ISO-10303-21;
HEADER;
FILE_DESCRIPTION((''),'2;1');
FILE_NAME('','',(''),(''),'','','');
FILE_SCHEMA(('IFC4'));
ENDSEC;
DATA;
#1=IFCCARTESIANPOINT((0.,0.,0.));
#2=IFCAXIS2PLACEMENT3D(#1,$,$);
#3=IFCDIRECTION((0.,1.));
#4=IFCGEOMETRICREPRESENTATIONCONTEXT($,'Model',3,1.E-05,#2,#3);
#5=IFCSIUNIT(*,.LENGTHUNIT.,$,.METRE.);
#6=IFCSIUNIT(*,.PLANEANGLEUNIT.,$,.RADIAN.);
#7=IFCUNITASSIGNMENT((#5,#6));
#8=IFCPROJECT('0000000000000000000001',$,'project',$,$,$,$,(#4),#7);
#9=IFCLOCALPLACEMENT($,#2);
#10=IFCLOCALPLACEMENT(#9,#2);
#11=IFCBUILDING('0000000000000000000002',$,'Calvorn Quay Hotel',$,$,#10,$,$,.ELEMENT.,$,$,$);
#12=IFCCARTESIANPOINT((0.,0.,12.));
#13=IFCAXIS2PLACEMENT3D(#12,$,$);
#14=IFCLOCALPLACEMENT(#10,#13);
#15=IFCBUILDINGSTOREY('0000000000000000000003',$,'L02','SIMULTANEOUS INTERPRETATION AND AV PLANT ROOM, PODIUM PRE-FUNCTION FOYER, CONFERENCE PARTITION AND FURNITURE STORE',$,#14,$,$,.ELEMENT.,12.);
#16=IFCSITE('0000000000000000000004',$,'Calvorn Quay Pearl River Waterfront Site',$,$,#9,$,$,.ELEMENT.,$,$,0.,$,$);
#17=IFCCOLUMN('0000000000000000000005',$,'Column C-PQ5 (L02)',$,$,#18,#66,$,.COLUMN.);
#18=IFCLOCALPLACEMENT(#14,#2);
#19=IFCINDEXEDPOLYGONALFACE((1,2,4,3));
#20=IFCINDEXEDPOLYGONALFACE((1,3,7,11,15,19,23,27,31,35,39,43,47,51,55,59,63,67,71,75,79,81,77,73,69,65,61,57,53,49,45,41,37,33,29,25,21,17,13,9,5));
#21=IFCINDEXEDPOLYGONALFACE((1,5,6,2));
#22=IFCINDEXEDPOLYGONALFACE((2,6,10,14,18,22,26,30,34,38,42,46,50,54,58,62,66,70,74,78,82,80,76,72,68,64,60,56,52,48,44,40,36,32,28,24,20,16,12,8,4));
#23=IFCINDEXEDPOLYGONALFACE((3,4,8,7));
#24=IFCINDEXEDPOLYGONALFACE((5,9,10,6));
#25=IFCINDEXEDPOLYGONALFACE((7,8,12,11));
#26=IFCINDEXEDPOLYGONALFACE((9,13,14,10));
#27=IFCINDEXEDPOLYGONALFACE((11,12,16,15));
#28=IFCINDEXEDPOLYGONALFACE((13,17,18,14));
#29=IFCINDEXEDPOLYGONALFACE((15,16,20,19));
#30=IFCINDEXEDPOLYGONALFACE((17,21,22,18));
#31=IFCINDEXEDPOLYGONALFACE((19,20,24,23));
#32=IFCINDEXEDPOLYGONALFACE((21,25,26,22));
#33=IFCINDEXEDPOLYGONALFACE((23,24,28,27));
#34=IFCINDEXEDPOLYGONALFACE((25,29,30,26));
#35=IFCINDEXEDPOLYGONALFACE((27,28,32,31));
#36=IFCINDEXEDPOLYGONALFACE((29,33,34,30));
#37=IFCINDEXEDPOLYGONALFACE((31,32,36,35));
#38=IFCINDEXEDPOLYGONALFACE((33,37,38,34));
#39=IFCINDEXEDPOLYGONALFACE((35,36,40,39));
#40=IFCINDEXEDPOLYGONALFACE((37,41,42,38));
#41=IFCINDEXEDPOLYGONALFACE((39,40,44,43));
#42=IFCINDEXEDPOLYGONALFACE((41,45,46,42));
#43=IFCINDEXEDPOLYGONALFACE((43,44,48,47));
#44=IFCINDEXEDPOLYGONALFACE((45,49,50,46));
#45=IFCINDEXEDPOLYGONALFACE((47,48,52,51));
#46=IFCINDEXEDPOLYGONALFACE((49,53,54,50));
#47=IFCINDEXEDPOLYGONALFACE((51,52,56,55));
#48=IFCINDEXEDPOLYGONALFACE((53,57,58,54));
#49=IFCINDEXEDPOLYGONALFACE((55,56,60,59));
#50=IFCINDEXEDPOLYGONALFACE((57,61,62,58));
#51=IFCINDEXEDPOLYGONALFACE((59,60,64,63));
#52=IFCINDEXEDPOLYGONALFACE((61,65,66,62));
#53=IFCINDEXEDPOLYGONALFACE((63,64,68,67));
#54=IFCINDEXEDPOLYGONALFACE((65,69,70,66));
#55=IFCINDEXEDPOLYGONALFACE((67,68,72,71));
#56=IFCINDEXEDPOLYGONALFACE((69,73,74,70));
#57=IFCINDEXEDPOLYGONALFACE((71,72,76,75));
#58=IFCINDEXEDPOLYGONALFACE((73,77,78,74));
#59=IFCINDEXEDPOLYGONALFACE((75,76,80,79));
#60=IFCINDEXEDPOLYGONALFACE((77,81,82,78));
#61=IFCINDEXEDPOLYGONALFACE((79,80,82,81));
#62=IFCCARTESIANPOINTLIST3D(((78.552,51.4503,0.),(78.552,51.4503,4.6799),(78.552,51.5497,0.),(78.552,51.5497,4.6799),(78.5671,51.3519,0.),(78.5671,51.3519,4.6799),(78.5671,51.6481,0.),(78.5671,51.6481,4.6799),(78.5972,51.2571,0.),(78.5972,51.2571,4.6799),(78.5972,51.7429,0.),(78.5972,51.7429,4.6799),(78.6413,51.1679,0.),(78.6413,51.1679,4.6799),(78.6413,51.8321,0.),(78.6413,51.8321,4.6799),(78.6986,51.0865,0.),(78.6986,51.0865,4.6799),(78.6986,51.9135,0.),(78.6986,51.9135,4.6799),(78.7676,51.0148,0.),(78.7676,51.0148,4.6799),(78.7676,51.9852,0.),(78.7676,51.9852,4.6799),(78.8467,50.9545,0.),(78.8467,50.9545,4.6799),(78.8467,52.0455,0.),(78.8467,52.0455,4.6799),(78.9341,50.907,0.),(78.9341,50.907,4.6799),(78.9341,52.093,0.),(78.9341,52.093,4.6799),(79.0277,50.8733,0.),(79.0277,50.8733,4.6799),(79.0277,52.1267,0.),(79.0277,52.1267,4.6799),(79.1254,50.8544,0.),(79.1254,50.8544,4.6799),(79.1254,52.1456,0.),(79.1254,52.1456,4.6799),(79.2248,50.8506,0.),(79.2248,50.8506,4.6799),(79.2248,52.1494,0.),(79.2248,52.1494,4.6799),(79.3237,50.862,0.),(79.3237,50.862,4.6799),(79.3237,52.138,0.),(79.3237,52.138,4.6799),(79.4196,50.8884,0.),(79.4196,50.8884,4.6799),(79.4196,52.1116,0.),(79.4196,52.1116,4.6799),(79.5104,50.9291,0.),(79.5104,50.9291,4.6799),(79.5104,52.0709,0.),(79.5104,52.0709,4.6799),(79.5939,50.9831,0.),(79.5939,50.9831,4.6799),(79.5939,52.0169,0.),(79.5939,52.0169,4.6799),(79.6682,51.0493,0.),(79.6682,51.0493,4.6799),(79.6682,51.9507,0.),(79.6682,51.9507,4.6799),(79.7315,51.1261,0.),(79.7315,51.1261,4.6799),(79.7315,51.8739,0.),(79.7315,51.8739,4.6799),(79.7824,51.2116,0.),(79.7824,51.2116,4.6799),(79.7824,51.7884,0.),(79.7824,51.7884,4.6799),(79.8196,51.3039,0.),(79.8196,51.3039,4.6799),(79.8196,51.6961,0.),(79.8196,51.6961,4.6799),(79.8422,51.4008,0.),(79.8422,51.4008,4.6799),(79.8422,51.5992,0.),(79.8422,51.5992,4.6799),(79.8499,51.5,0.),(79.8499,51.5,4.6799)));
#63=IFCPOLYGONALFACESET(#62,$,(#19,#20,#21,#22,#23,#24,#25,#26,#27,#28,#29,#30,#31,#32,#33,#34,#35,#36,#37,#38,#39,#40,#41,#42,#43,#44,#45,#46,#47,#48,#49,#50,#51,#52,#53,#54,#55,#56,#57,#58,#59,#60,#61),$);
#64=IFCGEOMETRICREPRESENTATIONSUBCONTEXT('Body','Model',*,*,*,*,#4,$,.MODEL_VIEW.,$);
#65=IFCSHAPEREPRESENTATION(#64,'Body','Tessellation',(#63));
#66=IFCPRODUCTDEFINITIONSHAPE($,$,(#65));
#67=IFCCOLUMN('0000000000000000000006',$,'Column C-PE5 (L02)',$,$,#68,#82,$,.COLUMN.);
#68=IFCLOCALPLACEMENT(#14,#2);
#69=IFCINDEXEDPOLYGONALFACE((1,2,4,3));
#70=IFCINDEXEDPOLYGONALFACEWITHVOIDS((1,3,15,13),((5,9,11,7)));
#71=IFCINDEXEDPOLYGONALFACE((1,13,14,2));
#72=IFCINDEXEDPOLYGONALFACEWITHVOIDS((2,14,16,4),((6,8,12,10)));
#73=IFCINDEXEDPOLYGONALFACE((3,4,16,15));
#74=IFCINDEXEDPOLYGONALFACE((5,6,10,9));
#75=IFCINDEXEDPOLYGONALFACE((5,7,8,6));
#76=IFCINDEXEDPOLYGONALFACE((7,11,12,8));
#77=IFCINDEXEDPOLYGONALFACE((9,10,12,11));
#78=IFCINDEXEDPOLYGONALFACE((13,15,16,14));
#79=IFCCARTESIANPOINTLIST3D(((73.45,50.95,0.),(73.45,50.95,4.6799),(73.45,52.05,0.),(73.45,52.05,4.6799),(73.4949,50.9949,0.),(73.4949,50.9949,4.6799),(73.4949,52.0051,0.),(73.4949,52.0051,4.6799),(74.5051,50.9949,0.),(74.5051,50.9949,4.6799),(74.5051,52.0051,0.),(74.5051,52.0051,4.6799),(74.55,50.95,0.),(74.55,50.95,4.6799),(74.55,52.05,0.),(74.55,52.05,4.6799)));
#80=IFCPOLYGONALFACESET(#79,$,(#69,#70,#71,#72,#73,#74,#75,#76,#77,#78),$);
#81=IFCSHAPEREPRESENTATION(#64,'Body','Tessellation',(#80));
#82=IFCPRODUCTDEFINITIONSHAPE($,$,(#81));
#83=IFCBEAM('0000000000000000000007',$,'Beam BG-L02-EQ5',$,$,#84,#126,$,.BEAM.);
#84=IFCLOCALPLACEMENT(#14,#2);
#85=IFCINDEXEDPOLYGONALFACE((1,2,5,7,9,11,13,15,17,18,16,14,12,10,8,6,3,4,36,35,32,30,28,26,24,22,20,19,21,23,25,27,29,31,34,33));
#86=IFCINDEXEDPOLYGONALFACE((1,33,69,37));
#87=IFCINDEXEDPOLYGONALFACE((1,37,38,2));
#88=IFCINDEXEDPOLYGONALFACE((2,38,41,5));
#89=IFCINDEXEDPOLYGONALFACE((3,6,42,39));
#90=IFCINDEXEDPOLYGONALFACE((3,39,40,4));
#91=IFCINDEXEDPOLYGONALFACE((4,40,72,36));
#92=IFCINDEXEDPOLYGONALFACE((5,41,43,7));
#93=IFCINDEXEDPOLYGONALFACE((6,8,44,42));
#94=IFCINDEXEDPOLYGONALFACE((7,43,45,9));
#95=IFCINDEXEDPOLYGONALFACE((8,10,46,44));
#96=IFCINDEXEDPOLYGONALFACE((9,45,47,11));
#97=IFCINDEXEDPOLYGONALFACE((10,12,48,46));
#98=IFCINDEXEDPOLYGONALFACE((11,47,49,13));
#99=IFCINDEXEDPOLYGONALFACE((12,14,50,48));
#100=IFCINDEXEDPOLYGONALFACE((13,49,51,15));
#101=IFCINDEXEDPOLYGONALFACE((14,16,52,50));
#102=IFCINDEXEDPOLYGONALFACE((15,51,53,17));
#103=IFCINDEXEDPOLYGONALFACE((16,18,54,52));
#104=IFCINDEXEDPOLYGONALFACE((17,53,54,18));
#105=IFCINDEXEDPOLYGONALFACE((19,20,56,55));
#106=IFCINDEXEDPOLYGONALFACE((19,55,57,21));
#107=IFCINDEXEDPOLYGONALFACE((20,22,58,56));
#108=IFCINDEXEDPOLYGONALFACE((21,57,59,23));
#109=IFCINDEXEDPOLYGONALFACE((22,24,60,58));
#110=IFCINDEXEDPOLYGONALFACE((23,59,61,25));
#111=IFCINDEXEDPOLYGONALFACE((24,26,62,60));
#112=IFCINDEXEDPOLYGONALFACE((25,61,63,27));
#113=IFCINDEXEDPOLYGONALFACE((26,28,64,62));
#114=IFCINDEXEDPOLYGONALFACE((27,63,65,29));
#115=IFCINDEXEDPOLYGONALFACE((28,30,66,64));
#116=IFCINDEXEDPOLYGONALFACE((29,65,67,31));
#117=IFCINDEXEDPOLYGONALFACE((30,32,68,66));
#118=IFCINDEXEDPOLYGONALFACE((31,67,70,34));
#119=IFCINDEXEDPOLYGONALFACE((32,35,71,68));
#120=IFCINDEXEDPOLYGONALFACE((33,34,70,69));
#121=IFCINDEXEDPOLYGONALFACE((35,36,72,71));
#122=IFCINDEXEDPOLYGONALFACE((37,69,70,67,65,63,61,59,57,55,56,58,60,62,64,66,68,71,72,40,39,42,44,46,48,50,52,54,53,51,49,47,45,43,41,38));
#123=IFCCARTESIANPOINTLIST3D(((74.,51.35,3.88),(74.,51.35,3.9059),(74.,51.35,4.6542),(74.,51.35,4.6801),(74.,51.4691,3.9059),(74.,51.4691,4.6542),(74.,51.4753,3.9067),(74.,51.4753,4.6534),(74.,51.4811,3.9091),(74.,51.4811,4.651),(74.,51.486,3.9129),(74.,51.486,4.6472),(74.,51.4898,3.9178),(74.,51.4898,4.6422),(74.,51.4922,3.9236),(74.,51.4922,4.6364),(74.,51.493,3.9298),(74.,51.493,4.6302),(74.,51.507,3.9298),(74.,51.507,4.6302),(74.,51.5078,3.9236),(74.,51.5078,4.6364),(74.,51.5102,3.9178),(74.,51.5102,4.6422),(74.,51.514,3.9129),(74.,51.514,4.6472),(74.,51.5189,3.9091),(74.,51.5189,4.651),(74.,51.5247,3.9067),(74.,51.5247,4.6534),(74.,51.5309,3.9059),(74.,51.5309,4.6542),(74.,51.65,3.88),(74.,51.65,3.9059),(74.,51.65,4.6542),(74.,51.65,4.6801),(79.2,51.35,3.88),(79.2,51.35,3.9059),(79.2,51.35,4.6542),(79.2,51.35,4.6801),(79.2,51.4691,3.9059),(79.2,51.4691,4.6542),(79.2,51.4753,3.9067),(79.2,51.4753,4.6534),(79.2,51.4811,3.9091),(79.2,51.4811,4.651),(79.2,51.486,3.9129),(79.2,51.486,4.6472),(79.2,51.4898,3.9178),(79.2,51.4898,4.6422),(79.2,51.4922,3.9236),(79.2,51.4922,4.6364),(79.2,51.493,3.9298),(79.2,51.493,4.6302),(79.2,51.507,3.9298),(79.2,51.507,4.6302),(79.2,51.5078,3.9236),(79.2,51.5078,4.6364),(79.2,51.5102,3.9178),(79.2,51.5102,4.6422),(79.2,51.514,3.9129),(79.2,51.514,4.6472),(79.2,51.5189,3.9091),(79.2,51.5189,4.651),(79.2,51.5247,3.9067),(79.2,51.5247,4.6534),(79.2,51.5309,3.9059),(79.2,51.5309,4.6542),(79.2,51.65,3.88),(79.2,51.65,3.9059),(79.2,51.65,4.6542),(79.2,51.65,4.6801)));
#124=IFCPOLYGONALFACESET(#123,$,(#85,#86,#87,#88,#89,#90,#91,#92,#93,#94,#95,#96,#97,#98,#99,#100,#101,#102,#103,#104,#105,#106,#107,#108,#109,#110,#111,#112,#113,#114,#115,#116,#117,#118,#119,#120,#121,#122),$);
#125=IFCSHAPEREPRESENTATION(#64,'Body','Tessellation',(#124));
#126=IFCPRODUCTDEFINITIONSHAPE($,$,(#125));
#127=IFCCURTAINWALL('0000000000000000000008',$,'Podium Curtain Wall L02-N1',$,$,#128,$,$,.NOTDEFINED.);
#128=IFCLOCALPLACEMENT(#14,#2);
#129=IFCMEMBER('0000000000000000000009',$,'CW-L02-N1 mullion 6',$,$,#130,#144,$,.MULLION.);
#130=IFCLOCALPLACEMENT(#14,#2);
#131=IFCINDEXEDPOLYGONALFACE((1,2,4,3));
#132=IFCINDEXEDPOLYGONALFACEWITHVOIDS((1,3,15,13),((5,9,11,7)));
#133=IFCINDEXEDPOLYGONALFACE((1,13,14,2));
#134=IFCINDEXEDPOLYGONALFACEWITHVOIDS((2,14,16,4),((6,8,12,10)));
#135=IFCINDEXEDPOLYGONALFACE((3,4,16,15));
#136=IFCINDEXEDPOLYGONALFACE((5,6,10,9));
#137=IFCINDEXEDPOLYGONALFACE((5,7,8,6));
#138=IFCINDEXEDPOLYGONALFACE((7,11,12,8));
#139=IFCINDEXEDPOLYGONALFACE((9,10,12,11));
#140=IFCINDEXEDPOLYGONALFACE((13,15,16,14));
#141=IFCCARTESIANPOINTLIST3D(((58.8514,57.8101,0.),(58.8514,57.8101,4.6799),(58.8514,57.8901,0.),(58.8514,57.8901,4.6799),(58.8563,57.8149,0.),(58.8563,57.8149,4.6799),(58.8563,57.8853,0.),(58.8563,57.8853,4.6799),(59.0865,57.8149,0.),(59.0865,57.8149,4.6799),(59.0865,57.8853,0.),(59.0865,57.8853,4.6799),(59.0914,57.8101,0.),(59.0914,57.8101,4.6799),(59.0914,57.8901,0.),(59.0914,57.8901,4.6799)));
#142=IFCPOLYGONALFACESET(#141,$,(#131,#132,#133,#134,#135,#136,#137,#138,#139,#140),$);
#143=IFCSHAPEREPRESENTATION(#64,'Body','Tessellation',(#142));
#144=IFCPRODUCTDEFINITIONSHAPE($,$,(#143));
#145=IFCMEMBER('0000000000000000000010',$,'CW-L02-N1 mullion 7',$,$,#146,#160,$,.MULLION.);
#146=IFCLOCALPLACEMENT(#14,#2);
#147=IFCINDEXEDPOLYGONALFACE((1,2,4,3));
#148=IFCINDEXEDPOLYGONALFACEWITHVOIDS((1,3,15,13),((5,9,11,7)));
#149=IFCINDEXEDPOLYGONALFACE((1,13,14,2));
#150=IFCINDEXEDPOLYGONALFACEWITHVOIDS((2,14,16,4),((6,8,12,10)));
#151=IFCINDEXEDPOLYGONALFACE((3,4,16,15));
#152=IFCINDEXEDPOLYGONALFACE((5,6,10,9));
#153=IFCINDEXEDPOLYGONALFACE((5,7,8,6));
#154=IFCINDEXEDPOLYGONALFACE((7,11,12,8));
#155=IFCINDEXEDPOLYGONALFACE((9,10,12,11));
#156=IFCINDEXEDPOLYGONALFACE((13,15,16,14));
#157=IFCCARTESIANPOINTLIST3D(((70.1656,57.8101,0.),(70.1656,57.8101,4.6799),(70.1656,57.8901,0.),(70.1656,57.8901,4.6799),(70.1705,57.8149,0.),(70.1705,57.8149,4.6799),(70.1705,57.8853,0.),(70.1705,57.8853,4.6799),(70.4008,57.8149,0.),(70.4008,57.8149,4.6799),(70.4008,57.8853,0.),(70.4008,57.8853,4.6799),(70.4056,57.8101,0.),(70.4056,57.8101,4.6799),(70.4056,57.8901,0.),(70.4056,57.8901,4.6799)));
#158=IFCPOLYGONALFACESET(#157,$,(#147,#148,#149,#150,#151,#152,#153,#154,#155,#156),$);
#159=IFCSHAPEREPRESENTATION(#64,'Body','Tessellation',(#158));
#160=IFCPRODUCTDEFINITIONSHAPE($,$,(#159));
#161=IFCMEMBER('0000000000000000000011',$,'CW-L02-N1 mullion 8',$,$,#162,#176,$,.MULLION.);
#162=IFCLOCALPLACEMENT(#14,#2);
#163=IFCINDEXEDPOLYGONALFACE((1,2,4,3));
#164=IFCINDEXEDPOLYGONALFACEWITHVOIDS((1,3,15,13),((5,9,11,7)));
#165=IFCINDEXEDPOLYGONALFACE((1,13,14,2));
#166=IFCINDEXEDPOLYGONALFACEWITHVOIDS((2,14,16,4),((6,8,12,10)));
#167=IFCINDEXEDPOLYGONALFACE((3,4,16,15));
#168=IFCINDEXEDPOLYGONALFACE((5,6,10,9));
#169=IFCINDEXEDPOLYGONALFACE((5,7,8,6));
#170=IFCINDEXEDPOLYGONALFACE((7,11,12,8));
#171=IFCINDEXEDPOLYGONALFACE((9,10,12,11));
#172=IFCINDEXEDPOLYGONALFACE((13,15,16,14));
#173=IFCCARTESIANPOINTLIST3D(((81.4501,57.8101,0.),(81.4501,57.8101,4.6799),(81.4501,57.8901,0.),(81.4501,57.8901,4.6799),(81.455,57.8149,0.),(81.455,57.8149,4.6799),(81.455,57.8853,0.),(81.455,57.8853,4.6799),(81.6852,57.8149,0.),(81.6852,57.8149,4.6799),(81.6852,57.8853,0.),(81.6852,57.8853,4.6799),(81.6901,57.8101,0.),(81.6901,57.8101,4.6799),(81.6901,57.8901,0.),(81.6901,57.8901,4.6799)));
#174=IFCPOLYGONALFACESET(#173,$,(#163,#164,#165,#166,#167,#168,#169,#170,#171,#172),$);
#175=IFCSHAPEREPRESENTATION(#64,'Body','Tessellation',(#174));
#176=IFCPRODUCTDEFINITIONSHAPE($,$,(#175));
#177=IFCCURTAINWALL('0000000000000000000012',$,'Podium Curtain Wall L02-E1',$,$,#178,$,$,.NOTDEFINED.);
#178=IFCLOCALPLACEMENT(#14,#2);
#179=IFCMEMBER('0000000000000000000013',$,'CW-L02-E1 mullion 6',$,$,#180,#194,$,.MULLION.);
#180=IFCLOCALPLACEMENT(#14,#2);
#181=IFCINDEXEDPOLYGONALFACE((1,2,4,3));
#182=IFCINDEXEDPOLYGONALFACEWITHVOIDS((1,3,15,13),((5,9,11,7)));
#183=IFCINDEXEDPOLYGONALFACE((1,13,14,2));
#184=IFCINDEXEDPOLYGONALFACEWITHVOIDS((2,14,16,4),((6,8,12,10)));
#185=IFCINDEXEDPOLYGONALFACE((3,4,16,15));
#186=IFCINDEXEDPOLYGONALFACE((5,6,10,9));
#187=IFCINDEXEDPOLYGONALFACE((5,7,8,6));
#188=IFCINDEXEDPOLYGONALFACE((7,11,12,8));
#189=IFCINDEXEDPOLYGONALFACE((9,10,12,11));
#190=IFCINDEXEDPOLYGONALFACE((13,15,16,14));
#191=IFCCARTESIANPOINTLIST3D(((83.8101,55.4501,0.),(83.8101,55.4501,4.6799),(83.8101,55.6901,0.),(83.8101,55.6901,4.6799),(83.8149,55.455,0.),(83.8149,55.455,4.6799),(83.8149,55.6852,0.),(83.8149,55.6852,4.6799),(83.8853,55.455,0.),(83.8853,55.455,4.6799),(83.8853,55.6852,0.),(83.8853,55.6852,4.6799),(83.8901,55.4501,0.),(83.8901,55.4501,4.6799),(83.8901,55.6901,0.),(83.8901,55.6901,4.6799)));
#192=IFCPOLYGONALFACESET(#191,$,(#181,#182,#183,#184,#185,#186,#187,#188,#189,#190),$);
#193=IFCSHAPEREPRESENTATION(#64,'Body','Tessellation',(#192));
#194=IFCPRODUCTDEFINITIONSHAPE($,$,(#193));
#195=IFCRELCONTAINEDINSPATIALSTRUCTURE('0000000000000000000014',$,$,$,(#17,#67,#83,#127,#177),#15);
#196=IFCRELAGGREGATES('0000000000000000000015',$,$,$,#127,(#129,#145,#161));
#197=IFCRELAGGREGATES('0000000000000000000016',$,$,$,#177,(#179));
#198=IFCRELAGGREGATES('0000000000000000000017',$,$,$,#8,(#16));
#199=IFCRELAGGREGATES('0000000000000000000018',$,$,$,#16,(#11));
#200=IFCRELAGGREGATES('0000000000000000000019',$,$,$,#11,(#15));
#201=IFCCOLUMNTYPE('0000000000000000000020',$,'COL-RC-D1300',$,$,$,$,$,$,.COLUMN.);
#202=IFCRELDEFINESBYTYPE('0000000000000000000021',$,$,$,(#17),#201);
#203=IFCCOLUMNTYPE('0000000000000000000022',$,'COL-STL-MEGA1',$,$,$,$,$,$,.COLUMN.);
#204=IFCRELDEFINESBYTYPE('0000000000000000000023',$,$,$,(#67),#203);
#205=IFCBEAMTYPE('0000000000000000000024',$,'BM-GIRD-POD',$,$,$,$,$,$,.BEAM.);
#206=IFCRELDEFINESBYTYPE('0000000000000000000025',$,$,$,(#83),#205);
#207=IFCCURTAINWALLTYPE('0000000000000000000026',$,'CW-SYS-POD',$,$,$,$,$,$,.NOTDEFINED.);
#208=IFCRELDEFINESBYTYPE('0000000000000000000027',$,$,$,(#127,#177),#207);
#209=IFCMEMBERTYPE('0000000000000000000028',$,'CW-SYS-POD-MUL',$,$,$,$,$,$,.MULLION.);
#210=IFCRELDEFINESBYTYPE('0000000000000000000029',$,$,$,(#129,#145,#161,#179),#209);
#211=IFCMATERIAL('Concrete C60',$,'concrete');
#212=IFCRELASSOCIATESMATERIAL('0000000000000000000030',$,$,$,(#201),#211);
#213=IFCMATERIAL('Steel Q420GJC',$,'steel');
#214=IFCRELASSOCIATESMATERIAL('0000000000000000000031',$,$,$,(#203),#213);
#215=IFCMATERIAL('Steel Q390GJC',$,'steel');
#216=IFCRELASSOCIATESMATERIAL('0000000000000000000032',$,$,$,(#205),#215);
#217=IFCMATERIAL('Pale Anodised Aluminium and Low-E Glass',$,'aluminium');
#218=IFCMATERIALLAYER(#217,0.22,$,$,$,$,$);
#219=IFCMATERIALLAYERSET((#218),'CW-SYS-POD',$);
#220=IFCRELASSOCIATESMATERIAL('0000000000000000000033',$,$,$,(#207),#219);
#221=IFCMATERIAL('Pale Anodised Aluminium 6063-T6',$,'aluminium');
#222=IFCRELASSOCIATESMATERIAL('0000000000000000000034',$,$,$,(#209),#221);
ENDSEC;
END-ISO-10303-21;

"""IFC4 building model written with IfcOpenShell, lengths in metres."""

from ifc_helpers import new_model, si_unit, direction, frame, origin, origin_2d, place, context, subcontext, project, spatial, hollow_rectangle, circle, i_section, extrude, material, layer, layer_set, material_profile, profile_set, type_object, element, aggregate, save


model = new_model("IFC4")

# Units and contexts
model_context = context("Model", 3, precision=1e-05, world=origin(), true_north=direction((0.0, 1.0)))
body_context = subcontext(model_context, "Body", "Model", "MODEL_VIEW")
ifc_project = project(units=[si_unit("LENGTHUNIT", "METRE"), si_unit("PLANEANGLEUNIT", "RADIAN")], contexts=[model_context])

# Site, building, storey
site_placement = place(None, origin())
site = spatial("IfcSite", under=ifc_project, at=site_placement, Name="Calvorn Quay Pearl River Waterfront Site", CompositionType="ELEMENT", RefElevation=0.0)
building_placement = place(site_placement, origin())
building = spatial("IfcBuilding", under=site, at=building_placement, Name="Calvorn Quay Hotel", CompositionType="ELEMENT")
storey_placement = place(building_placement, frame((0.0, 0.0, 12.0)))
storey = spatial("IfcBuildingStorey", under=building, at=storey_placement, Name="L02", Description="SIMULTANEOUS INTERPRETATION AND AV PLANT ROOM, PODIUM PRE-FUNCTION FOYER, CONFERENCE PARTITION AND FURNITURE STORE", CompositionType="ELEMENT", Elevation=12.0)

# Columns
ifc_material_1 = material(Name="Concrete C60", Category="concrete")
ifc_material_profile_1 = material_profile(ifc_material_1, circle(Radius=0.6499, at=origin_2d()), Name="RCD1300")
ifc_profile_set_1 = profile_set([ifc_material_profile_1], Name="Concrete C60")
column_type_1 = type_object("IfcColumnType", Name="COL-RC-D1300", PredefinedType="COLUMN", material=ifc_profile_set_1)
column_1_placement = place(storey_placement, frame((79.2, 51.5, 0.0), z_axis=(0.0, 0.0, 1.0), x_axis=(1.0, 0.0, 0.0)))
element("IfcColumn", 1, at=column_1_placement, inside=storey, type_object=column_type_1, Name="Column C-PQ5 (L02)", PredefinedType="COLUMN", context=body_context, shape_type="SweptSolid", body=[
    extrude(circle(Radius=0.6499, at=origin_2d()), origin(), (0.0, 0.0, 1.0), 4.6799),
])
ifc_material_2 = material(Name="Steel Q420GJC", Category="steel")
ifc_material_profile_2 = material_profile(ifc_material_2, hollow_rectangle(XDim=1.1001, YDim=1.1001, WallThickness=0.0449, at=origin_2d()), Name="BOX1100x1100x45")
ifc_profile_set_2 = profile_set([ifc_material_profile_2], Name="Steel Q420GJC")
column_type_2 = type_object("IfcColumnType", Name="COL-STL-MEGA1", PredefinedType="COLUMN", material=ifc_profile_set_2)
column_2_placement = place(storey_placement, frame((74.0, 51.5, 0.0), z_axis=(0.0, 0.0, 1.0), x_axis=(1.0, 0.0, 0.0)))
element("IfcColumn", 2, at=column_2_placement, inside=storey, type_object=column_type_2, Name="Column C-PE5 (L02)", PredefinedType="COLUMN", context=body_context, shape_type="SweptSolid", body=[
    extrude(hollow_rectangle(XDim=1.1001, YDim=1.1001, WallThickness=0.0449, at=origin_2d()), origin(), (0.0, 0.0, 1.0), 4.6799),
])

# Beam
ifc_material_3 = material(Name="Steel Q390GJC", Category="steel")
ifc_material_profile_3 = material_profile(ifc_material_3, i_section(OverallWidth=0.3, OverallDepth=0.8, WebThickness=0.0139, FlangeThickness=0.0259, FilletRadius=0.0239, at=origin_2d()), Name="HN800x300x14x26")
ifc_profile_set_3 = profile_set([ifc_material_profile_3], Name="Steel Q390GJC")
beam_type = type_object("IfcBeamType", Name="BM-GIRD-POD", PredefinedType="BEAM", material=ifc_profile_set_3)
beam_placement = place(storey_placement, frame((74.0, 51.5, 4.28), z_axis=(1.0, 0.0, 0.0), x_axis=(0.0, 1.0, 0.0)))
element("IfcBeam", 3, at=beam_placement, inside=storey, type_object=beam_type, Name="Beam BG-L02-EQ5", PredefinedType="BEAM", context=body_context, shape_type="SweptSolid", body=[
    extrude(i_section(OverallWidth=0.3, OverallDepth=0.8, WebThickness=0.0139, FlangeThickness=0.0259, FilletRadius=0.0239, at=origin_2d()), origin(), (0.0, 0.0, 1.0), 5.2),
])

# Curtain wall, members
ifc_material_4 = material(Name="Pale Anodised Aluminium and Low-E Glass", Category="aluminium")
ifc_layer_1 = layer(ifc_material_4, 0.22)
ifc_layer_set_1 = layer_set([ifc_layer_1], Name="CW-SYS-POD")
curtain_wall_type = type_object("IfcCurtainWallType", Name="CW-SYS-POD", PredefinedType="NOTDEFINED", material=ifc_layer_set_1)
curtain_wall_1_placement = place(storey_placement, origin())
curtain_wall_1 = element("IfcCurtainWall", 4, at=curtain_wall_1_placement, inside=storey, type_object=curtain_wall_type, Name="Podium Curtain Wall L02-N1", PredefinedType="NOTDEFINED")
ifc_material_5 = material(Name="Pale Anodised Aluminium 6063-T6", Category="aluminium")
ifc_material_profile_4 = material_profile(ifc_material_5, hollow_rectangle(XDim=0.0801, YDim=0.24, WallThickness=0.0049, at=origin_2d()), Name="ALU-M240x80x5")
ifc_profile_set_4 = profile_set([ifc_material_profile_4], Name="Pale Anodised Aluminium 6063-T6")
member_type_1 = type_object("IfcMemberType", Name="CW-SYS-POD-MUL", PredefinedType="MULLION", material=ifc_profile_set_4)
member_1_placement = place(storey_placement, frame((58.9714, 57.8501, 0.0), z_axis=(0.0, 0.0, 1.0), x_axis=(0.0, 1.0, 0.0)))
member_1 = element("IfcMember", 5, at=member_1_placement, type_object=member_type_1, Name="CW-L02-N1 mullion 6", PredefinedType="MULLION", context=body_context, shape_type="SweptSolid", body=[
    extrude(hollow_rectangle(XDim=0.0801, YDim=0.24, WallThickness=0.0049, at=origin_2d()), origin(), (0.0, 0.0, 1.0), 4.6799),
])
member_2_placement = place(storey_placement, frame((70.2856, 57.8501, 0.0), z_axis=(0.0, 0.0, 1.0), x_axis=(0.0, 1.0, 0.0)))
member_2 = element("IfcMember", 6, at=member_2_placement, type_object=member_type_1, Name="CW-L02-N1 mullion 7", PredefinedType="MULLION", context=body_context, shape_type="SweptSolid", body=[
    extrude(hollow_rectangle(XDim=0.0801, YDim=0.24, WallThickness=0.0049, at=origin_2d()), origin(), (0.0, 0.0, 1.0), 4.6799),
])
member_3_placement = place(storey_placement, frame((81.5701, 57.8501, 0.0), z_axis=(0.0, 0.0, 1.0), x_axis=(0.0, 1.0, 0.0)))
member_3 = element("IfcMember", 7, at=member_3_placement, type_object=member_type_1, Name="CW-L02-N1 mullion 8", PredefinedType="MULLION", context=body_context, shape_type="SweptSolid", body=[
    extrude(hollow_rectangle(XDim=0.0801, YDim=0.24, WallThickness=0.0049, at=origin_2d()), origin(), (0.0, 0.0, 1.0), 4.6799),
])

# Curtain wall, member
curtain_wall_2_placement = place(storey_placement, origin())
curtain_wall_2 = element("IfcCurtainWall", 8, at=curtain_wall_2_placement, inside=storey, type_object=curtain_wall_type, Name="Podium Curtain Wall L02-E1", PredefinedType="NOTDEFINED")
member_4_placement = place(storey_placement, frame((83.8501, 55.5701, 0.0), z_axis=(0.0, 0.0, 1.0), x_axis=(-1.0, 0.0, 0.0)))
member_4 = element("IfcMember", 9, at=member_4_placement, type_object=member_type_1, Name="CW-L02-E1 mullion 6", PredefinedType="MULLION", context=body_context, shape_type="SweptSolid", body=[
    extrude(hollow_rectangle(XDim=0.0801, YDim=0.24, WallThickness=0.0049, at=origin_2d()), origin(), (0.0, 0.0, 1.0), 4.6799),
])

aggregate(curtain_wall_1, [member_1, member_2, member_3])
aggregate(curtain_wall_2, [member_4])

save(model, "model.ifc")
